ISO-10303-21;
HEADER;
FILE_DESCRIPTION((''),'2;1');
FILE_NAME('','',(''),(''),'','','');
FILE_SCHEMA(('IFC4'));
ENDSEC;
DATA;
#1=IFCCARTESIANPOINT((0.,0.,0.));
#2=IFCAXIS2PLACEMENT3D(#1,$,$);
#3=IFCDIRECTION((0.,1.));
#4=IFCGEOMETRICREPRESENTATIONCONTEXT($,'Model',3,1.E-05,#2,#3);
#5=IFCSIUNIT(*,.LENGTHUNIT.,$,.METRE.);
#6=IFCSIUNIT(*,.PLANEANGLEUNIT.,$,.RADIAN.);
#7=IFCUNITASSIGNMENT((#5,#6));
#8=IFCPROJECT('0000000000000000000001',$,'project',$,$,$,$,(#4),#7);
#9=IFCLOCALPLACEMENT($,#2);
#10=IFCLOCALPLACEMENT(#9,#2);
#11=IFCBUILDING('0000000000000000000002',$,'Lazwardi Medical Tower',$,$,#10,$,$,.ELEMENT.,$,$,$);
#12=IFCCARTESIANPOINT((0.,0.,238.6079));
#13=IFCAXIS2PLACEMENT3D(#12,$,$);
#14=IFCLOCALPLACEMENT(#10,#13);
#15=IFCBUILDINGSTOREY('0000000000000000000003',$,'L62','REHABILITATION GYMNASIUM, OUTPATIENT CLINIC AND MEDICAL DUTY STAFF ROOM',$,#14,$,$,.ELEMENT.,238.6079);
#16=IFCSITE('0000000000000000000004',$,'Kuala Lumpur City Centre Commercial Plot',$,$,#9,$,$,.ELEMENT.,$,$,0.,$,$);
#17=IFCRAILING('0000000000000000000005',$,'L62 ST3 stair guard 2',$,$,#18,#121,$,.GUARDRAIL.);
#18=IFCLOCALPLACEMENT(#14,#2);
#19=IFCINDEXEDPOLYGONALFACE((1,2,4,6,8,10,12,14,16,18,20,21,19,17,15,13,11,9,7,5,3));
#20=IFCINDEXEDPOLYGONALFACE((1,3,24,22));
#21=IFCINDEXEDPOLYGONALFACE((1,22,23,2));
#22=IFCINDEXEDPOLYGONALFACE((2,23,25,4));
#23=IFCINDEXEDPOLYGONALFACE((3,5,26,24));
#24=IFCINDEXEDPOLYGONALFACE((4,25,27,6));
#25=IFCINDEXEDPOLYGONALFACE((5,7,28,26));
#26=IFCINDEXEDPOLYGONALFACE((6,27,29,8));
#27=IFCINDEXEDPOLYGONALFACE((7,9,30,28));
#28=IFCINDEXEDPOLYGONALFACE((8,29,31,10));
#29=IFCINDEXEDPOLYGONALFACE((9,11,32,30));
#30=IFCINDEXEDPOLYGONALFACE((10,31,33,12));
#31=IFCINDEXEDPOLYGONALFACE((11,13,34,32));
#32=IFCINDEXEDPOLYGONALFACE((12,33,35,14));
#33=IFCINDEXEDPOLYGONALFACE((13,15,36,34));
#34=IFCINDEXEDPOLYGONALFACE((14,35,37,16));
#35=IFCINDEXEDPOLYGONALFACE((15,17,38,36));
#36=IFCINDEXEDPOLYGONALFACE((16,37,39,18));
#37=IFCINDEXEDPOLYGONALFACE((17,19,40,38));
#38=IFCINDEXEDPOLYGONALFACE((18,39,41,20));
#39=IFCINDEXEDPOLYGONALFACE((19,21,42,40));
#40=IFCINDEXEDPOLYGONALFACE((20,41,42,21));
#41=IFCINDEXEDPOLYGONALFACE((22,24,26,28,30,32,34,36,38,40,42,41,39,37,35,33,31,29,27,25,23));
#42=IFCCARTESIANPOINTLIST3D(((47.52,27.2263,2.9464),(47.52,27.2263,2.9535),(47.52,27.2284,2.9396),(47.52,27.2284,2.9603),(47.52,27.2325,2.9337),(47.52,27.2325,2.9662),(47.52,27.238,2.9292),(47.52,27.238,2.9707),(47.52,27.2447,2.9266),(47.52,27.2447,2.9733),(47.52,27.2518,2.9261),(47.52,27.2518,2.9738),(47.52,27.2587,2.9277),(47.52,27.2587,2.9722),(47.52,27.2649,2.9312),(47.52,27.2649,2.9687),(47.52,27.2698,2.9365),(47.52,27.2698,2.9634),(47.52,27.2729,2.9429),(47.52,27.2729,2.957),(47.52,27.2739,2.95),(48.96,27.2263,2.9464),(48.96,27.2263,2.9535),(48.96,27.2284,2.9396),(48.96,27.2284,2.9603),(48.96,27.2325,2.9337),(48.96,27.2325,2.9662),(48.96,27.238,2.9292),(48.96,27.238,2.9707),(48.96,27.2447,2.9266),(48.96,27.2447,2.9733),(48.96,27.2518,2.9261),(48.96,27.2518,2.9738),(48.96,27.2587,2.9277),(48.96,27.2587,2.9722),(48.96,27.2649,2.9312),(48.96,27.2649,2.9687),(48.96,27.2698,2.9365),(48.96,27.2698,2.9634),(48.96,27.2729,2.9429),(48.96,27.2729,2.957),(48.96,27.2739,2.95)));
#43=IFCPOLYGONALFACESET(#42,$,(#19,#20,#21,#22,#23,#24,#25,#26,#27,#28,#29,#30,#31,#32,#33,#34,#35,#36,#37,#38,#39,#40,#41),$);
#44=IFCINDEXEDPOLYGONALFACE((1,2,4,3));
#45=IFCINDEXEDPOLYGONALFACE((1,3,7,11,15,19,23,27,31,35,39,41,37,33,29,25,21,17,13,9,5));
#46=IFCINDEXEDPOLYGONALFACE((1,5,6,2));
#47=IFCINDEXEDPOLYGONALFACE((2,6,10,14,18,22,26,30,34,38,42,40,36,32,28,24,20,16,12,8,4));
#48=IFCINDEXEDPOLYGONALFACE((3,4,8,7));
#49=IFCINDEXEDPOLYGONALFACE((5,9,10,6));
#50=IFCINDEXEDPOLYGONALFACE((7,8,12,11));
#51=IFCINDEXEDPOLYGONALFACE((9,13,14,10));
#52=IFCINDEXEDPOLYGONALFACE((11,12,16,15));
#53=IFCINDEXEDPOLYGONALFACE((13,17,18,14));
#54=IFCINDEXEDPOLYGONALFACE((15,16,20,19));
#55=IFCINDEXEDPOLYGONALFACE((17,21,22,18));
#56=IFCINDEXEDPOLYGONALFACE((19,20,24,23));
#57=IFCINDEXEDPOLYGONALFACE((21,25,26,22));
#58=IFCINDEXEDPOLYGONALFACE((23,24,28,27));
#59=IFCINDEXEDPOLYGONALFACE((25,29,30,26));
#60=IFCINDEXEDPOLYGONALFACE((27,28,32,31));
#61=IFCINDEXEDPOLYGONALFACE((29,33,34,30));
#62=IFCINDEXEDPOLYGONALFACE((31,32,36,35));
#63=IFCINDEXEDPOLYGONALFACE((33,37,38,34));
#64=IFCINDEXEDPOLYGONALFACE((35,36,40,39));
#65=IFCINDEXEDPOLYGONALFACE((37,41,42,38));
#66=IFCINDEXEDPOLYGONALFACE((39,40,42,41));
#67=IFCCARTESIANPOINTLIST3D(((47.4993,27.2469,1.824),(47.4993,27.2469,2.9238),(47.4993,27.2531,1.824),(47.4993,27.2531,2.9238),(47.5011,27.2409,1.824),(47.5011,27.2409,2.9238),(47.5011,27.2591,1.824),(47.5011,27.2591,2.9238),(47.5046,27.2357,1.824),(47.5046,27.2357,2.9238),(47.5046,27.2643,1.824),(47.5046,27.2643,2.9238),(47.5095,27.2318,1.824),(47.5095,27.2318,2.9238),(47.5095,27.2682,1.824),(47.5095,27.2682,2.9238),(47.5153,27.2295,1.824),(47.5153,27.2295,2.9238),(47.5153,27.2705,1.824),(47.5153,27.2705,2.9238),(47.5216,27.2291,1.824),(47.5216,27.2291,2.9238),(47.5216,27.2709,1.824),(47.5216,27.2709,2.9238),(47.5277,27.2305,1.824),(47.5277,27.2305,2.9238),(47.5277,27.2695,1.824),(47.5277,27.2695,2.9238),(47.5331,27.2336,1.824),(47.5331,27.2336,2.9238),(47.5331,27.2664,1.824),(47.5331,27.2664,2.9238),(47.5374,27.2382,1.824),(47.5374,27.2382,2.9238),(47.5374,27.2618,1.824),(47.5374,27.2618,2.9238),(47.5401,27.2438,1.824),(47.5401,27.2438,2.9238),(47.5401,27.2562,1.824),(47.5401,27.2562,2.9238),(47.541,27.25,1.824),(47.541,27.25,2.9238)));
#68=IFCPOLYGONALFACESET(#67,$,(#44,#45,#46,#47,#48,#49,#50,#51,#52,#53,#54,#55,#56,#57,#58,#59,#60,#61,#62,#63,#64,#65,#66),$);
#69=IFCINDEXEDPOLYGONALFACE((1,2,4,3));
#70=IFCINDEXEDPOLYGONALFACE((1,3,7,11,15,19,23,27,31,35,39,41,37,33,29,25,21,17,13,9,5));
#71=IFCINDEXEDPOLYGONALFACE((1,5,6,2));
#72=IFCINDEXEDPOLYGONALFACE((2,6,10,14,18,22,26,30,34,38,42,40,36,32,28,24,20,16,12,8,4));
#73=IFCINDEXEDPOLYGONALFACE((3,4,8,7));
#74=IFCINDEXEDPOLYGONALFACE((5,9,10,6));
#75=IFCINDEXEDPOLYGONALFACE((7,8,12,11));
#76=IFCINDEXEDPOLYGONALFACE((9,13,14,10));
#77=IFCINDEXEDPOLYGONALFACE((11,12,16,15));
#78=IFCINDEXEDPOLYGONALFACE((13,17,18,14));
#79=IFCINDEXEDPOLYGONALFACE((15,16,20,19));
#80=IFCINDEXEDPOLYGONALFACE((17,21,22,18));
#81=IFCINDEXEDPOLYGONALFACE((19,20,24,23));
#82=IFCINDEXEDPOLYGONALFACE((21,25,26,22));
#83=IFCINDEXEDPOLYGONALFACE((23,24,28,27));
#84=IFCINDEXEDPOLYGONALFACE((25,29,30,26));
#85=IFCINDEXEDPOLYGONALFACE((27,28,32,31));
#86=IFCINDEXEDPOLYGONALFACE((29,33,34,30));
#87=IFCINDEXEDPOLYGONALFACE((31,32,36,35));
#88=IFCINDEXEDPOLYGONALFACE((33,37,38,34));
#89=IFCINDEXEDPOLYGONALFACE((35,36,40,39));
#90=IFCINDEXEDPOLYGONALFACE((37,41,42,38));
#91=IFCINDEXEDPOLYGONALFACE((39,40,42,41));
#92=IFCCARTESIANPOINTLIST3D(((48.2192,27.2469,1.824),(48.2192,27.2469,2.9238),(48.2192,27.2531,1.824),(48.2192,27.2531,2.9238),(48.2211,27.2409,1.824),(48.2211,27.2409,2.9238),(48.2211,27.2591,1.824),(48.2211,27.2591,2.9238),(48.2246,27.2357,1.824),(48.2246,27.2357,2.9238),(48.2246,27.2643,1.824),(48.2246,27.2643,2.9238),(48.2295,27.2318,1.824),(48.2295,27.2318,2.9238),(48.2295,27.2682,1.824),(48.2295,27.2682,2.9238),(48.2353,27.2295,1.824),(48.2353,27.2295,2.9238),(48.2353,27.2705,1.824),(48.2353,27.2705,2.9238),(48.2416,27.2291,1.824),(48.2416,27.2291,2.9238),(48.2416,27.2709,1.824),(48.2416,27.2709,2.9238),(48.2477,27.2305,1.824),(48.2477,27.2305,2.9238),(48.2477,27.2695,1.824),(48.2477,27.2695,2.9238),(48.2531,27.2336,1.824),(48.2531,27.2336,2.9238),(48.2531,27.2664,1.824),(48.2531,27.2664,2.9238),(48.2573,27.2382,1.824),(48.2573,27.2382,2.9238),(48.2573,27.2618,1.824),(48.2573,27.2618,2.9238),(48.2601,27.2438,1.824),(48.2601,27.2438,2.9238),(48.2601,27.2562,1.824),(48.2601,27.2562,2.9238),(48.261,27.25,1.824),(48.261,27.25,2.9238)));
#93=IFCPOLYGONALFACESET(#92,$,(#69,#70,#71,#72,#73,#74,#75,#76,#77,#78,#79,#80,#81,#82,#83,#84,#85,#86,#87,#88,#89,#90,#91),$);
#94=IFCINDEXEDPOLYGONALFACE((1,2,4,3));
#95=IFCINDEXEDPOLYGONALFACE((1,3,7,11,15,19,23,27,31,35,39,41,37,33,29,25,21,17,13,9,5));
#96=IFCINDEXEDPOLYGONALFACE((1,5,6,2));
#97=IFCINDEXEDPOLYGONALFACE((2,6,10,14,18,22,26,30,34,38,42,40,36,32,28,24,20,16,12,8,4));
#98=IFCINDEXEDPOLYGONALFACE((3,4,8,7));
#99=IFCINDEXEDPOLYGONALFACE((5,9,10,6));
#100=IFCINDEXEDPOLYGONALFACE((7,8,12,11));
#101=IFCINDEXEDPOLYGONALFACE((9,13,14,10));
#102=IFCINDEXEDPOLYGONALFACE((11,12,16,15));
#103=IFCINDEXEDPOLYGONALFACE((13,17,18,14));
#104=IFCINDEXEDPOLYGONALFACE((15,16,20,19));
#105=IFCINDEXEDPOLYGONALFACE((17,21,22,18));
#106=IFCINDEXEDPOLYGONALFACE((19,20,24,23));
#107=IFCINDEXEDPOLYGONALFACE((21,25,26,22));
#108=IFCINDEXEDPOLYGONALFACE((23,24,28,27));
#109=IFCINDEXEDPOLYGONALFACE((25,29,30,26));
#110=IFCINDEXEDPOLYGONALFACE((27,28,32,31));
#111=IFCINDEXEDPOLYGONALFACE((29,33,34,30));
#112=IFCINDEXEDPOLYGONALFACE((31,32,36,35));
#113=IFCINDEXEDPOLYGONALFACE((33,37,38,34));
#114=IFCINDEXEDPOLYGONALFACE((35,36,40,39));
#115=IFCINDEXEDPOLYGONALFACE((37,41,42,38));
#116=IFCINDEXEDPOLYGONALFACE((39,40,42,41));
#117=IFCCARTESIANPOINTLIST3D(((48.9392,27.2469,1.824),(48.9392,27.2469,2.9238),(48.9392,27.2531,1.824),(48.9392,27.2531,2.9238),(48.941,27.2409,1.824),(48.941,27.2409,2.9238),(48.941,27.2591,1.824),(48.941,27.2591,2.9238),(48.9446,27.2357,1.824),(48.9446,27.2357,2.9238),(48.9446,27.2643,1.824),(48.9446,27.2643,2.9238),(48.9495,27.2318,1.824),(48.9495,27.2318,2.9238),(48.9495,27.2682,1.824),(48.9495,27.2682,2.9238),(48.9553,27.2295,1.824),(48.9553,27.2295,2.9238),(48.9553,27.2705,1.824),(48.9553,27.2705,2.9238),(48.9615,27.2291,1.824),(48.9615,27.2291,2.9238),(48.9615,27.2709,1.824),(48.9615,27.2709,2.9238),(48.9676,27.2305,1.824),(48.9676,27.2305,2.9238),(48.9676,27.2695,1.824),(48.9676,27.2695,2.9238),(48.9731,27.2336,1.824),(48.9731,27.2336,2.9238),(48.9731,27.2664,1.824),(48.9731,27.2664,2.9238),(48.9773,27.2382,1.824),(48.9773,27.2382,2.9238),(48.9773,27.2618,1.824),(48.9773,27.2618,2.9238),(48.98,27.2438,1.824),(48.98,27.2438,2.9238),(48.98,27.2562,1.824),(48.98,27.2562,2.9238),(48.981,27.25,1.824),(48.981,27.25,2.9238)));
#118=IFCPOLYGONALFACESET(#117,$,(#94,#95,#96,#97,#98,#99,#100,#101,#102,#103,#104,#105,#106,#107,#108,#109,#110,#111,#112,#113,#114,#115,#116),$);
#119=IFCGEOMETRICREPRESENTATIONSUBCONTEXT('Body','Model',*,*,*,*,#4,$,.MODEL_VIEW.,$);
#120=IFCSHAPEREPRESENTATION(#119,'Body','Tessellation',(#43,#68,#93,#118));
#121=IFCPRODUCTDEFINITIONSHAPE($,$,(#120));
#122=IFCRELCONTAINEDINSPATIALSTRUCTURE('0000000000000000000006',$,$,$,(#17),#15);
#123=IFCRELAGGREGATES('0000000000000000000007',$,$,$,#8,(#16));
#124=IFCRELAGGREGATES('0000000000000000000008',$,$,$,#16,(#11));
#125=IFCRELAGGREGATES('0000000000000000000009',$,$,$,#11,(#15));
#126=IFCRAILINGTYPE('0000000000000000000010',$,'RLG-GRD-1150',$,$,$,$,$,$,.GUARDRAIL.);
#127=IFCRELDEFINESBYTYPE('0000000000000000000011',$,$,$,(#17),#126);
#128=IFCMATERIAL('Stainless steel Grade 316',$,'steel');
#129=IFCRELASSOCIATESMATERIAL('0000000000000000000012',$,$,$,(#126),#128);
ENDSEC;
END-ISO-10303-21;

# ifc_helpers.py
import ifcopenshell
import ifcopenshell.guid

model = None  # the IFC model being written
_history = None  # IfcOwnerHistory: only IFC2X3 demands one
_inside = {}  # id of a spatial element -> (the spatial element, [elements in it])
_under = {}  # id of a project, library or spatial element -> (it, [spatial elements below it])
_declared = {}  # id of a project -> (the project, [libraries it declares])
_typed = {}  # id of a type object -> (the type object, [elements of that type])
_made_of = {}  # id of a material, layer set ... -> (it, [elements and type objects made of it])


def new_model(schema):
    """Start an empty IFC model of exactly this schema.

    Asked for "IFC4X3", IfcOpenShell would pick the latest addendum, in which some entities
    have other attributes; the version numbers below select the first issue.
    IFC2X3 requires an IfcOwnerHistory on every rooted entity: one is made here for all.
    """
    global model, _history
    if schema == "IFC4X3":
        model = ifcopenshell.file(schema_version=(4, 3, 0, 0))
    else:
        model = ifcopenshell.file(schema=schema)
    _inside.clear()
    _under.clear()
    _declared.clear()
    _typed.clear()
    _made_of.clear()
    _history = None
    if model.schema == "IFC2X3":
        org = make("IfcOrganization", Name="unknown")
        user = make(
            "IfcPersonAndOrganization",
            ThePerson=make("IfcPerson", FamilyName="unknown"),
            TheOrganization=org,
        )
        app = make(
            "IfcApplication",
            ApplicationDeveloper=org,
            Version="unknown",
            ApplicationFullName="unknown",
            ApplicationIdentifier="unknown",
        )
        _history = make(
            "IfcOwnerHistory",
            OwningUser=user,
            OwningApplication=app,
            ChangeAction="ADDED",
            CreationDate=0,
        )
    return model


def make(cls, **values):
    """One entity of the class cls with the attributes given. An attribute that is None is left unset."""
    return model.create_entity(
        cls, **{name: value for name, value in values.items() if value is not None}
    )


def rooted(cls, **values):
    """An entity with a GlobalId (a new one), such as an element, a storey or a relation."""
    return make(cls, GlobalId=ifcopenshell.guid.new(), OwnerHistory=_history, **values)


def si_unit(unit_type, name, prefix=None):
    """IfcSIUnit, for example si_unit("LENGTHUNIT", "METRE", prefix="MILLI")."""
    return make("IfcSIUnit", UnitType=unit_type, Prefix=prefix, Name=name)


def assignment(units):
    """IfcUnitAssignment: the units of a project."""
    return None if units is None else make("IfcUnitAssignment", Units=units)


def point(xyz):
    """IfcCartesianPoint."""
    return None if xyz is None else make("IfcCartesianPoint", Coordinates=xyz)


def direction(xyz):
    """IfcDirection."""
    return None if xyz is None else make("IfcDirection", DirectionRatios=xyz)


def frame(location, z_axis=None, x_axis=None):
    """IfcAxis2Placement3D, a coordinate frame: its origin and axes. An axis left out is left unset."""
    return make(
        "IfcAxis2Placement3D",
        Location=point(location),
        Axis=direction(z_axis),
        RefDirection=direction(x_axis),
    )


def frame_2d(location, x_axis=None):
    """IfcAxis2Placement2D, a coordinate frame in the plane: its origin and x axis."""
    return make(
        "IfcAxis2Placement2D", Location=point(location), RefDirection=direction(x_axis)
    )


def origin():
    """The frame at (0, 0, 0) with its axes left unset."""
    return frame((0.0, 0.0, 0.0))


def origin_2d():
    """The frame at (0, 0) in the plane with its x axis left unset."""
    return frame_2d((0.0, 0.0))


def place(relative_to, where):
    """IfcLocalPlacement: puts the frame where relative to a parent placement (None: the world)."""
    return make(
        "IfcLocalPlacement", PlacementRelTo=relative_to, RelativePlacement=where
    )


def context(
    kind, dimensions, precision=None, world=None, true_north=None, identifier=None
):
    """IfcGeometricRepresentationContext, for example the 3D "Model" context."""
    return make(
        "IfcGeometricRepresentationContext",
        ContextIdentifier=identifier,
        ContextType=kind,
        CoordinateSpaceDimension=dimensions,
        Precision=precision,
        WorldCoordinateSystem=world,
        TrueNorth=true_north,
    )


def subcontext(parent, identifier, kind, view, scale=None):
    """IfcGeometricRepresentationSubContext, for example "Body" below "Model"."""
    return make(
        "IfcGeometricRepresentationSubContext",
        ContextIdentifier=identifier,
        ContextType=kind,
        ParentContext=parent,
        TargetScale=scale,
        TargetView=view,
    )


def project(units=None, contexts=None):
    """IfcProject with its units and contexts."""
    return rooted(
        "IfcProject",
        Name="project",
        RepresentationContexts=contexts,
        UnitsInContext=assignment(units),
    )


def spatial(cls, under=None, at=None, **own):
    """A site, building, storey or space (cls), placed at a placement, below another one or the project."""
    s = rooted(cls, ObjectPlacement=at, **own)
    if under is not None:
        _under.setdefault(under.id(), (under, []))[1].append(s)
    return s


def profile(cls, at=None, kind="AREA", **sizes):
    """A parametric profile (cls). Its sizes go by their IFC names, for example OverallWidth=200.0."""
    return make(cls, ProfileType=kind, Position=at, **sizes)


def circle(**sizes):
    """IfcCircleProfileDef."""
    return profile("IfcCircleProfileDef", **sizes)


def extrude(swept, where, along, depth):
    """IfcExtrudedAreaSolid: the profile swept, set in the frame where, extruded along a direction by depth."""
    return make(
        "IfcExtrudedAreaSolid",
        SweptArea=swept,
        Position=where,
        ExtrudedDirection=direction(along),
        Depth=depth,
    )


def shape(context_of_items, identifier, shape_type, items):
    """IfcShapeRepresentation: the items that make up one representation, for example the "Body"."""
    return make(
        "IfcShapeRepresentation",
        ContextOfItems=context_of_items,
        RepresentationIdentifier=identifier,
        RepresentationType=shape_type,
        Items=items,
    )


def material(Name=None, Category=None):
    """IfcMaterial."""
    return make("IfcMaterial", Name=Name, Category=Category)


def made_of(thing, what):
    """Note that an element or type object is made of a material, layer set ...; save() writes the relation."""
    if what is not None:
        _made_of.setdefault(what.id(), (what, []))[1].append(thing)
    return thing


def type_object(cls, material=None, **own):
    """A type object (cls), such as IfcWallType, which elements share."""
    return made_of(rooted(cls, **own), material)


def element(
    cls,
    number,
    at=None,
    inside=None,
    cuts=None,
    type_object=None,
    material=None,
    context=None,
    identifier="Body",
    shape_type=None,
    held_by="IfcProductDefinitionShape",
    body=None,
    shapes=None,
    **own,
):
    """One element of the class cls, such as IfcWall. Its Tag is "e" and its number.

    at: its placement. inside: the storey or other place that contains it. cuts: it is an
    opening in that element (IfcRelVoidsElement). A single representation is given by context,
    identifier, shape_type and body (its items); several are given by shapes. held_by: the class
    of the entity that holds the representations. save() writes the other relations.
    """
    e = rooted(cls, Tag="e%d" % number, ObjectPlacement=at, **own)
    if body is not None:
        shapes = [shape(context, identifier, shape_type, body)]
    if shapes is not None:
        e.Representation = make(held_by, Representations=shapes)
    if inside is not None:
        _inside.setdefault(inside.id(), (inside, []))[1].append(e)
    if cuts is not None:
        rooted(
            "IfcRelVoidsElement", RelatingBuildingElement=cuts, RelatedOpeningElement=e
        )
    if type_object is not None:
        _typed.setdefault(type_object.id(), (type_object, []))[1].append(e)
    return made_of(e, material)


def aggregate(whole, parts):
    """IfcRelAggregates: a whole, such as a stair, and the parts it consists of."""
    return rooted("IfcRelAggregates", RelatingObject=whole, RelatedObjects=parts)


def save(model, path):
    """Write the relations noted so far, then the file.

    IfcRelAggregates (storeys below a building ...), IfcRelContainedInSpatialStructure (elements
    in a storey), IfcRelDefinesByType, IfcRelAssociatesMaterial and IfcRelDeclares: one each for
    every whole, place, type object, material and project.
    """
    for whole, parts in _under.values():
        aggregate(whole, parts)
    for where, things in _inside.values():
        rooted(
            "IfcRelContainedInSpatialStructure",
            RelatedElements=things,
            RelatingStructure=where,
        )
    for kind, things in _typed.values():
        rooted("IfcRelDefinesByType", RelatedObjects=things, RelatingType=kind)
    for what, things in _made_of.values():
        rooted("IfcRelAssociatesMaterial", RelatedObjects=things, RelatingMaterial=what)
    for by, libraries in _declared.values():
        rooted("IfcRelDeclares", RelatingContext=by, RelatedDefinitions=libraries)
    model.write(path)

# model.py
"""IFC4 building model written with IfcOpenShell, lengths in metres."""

from ifc_helpers import new_model, si_unit, direction, frame, origin, origin_2d, place, context, subcontext, project, spatial, circle, extrude, material, type_object, element, save


model = new_model("IFC4")

# Units and contexts
model_context = context("Model", 3, precision=1e-05, world=origin(), true_north=direction((0.0, 1.0)))
body_context = subcontext(model_context, "Body", "Model", "MODEL_VIEW")
ifc_project = project(units=[si_unit("LENGTHUNIT", "METRE"), si_unit("PLANEANGLEUNIT", "RADIAN")], contexts=[model_context])

# Site, building, storey
site_placement = place(None, origin())
site = spatial("IfcSite", under=ifc_project, at=site_placement, Name="Kuala Lumpur City Centre Commercial Plot", CompositionType="ELEMENT", RefElevation=0.0)
building_placement = place(site_placement, origin())
building = spatial("IfcBuilding", under=site, at=building_placement, Name="Lazwardi Medical Tower", CompositionType="ELEMENT")
storey_placement = place(building_placement, frame((0.0, 0.0, 238.6079)))
storey = spatial("IfcBuildingStorey", under=building, at=storey_placement, Name="L62", Description="REHABILITATION GYMNASIUM, OUTPATIENT CLINIC AND MEDICAL DUTY STAFF ROOM", CompositionType="ELEMENT", Elevation=238.6079)

# Railing
ifc_material_1 = material(Name="Stainless steel Grade 316", Category="steel")
railing_type_1 = type_object("IfcRailingType", Name="RLG-GRD-1150", PredefinedType="GUARDRAIL", material=ifc_material_1)
railing_1_placement = place(storey_placement, frame((47.52, 27.25, 1.824)))
element("IfcRailing", 1, at=railing_1_placement, inside=storey, type_object=railing_type_1, Name="L62 ST3 stair guard 2", PredefinedType="GUARDRAIL", context=body_context, shape_type="SweptSolid", body=[
    extrude(circle(Radius=0.0239, at=origin_2d()), frame((0.0, 0.0, 1.126), z_axis=(1.0, 0.0, 0.0), x_axis=(0.0, 1.0, 0.0)), (0.0, 0.0, 1.0), 1.4399),
    extrude(circle(Radius=0.021, at=origin_2d()), origin(), (0.0, 0.0, 1.0), 1.0999),
    extrude(circle(Radius=0.021, at=origin_2d()), frame((0.72, 0.0, 0.0)), (0.0, 0.0, 1.0), 1.0999),
    extrude(circle(Radius=0.021, at=origin_2d()), frame((1.4399, 0.0, 0.0)), (0.0, 0.0, 1.0), 1.0999),
])

save(model, "model.ifc")
